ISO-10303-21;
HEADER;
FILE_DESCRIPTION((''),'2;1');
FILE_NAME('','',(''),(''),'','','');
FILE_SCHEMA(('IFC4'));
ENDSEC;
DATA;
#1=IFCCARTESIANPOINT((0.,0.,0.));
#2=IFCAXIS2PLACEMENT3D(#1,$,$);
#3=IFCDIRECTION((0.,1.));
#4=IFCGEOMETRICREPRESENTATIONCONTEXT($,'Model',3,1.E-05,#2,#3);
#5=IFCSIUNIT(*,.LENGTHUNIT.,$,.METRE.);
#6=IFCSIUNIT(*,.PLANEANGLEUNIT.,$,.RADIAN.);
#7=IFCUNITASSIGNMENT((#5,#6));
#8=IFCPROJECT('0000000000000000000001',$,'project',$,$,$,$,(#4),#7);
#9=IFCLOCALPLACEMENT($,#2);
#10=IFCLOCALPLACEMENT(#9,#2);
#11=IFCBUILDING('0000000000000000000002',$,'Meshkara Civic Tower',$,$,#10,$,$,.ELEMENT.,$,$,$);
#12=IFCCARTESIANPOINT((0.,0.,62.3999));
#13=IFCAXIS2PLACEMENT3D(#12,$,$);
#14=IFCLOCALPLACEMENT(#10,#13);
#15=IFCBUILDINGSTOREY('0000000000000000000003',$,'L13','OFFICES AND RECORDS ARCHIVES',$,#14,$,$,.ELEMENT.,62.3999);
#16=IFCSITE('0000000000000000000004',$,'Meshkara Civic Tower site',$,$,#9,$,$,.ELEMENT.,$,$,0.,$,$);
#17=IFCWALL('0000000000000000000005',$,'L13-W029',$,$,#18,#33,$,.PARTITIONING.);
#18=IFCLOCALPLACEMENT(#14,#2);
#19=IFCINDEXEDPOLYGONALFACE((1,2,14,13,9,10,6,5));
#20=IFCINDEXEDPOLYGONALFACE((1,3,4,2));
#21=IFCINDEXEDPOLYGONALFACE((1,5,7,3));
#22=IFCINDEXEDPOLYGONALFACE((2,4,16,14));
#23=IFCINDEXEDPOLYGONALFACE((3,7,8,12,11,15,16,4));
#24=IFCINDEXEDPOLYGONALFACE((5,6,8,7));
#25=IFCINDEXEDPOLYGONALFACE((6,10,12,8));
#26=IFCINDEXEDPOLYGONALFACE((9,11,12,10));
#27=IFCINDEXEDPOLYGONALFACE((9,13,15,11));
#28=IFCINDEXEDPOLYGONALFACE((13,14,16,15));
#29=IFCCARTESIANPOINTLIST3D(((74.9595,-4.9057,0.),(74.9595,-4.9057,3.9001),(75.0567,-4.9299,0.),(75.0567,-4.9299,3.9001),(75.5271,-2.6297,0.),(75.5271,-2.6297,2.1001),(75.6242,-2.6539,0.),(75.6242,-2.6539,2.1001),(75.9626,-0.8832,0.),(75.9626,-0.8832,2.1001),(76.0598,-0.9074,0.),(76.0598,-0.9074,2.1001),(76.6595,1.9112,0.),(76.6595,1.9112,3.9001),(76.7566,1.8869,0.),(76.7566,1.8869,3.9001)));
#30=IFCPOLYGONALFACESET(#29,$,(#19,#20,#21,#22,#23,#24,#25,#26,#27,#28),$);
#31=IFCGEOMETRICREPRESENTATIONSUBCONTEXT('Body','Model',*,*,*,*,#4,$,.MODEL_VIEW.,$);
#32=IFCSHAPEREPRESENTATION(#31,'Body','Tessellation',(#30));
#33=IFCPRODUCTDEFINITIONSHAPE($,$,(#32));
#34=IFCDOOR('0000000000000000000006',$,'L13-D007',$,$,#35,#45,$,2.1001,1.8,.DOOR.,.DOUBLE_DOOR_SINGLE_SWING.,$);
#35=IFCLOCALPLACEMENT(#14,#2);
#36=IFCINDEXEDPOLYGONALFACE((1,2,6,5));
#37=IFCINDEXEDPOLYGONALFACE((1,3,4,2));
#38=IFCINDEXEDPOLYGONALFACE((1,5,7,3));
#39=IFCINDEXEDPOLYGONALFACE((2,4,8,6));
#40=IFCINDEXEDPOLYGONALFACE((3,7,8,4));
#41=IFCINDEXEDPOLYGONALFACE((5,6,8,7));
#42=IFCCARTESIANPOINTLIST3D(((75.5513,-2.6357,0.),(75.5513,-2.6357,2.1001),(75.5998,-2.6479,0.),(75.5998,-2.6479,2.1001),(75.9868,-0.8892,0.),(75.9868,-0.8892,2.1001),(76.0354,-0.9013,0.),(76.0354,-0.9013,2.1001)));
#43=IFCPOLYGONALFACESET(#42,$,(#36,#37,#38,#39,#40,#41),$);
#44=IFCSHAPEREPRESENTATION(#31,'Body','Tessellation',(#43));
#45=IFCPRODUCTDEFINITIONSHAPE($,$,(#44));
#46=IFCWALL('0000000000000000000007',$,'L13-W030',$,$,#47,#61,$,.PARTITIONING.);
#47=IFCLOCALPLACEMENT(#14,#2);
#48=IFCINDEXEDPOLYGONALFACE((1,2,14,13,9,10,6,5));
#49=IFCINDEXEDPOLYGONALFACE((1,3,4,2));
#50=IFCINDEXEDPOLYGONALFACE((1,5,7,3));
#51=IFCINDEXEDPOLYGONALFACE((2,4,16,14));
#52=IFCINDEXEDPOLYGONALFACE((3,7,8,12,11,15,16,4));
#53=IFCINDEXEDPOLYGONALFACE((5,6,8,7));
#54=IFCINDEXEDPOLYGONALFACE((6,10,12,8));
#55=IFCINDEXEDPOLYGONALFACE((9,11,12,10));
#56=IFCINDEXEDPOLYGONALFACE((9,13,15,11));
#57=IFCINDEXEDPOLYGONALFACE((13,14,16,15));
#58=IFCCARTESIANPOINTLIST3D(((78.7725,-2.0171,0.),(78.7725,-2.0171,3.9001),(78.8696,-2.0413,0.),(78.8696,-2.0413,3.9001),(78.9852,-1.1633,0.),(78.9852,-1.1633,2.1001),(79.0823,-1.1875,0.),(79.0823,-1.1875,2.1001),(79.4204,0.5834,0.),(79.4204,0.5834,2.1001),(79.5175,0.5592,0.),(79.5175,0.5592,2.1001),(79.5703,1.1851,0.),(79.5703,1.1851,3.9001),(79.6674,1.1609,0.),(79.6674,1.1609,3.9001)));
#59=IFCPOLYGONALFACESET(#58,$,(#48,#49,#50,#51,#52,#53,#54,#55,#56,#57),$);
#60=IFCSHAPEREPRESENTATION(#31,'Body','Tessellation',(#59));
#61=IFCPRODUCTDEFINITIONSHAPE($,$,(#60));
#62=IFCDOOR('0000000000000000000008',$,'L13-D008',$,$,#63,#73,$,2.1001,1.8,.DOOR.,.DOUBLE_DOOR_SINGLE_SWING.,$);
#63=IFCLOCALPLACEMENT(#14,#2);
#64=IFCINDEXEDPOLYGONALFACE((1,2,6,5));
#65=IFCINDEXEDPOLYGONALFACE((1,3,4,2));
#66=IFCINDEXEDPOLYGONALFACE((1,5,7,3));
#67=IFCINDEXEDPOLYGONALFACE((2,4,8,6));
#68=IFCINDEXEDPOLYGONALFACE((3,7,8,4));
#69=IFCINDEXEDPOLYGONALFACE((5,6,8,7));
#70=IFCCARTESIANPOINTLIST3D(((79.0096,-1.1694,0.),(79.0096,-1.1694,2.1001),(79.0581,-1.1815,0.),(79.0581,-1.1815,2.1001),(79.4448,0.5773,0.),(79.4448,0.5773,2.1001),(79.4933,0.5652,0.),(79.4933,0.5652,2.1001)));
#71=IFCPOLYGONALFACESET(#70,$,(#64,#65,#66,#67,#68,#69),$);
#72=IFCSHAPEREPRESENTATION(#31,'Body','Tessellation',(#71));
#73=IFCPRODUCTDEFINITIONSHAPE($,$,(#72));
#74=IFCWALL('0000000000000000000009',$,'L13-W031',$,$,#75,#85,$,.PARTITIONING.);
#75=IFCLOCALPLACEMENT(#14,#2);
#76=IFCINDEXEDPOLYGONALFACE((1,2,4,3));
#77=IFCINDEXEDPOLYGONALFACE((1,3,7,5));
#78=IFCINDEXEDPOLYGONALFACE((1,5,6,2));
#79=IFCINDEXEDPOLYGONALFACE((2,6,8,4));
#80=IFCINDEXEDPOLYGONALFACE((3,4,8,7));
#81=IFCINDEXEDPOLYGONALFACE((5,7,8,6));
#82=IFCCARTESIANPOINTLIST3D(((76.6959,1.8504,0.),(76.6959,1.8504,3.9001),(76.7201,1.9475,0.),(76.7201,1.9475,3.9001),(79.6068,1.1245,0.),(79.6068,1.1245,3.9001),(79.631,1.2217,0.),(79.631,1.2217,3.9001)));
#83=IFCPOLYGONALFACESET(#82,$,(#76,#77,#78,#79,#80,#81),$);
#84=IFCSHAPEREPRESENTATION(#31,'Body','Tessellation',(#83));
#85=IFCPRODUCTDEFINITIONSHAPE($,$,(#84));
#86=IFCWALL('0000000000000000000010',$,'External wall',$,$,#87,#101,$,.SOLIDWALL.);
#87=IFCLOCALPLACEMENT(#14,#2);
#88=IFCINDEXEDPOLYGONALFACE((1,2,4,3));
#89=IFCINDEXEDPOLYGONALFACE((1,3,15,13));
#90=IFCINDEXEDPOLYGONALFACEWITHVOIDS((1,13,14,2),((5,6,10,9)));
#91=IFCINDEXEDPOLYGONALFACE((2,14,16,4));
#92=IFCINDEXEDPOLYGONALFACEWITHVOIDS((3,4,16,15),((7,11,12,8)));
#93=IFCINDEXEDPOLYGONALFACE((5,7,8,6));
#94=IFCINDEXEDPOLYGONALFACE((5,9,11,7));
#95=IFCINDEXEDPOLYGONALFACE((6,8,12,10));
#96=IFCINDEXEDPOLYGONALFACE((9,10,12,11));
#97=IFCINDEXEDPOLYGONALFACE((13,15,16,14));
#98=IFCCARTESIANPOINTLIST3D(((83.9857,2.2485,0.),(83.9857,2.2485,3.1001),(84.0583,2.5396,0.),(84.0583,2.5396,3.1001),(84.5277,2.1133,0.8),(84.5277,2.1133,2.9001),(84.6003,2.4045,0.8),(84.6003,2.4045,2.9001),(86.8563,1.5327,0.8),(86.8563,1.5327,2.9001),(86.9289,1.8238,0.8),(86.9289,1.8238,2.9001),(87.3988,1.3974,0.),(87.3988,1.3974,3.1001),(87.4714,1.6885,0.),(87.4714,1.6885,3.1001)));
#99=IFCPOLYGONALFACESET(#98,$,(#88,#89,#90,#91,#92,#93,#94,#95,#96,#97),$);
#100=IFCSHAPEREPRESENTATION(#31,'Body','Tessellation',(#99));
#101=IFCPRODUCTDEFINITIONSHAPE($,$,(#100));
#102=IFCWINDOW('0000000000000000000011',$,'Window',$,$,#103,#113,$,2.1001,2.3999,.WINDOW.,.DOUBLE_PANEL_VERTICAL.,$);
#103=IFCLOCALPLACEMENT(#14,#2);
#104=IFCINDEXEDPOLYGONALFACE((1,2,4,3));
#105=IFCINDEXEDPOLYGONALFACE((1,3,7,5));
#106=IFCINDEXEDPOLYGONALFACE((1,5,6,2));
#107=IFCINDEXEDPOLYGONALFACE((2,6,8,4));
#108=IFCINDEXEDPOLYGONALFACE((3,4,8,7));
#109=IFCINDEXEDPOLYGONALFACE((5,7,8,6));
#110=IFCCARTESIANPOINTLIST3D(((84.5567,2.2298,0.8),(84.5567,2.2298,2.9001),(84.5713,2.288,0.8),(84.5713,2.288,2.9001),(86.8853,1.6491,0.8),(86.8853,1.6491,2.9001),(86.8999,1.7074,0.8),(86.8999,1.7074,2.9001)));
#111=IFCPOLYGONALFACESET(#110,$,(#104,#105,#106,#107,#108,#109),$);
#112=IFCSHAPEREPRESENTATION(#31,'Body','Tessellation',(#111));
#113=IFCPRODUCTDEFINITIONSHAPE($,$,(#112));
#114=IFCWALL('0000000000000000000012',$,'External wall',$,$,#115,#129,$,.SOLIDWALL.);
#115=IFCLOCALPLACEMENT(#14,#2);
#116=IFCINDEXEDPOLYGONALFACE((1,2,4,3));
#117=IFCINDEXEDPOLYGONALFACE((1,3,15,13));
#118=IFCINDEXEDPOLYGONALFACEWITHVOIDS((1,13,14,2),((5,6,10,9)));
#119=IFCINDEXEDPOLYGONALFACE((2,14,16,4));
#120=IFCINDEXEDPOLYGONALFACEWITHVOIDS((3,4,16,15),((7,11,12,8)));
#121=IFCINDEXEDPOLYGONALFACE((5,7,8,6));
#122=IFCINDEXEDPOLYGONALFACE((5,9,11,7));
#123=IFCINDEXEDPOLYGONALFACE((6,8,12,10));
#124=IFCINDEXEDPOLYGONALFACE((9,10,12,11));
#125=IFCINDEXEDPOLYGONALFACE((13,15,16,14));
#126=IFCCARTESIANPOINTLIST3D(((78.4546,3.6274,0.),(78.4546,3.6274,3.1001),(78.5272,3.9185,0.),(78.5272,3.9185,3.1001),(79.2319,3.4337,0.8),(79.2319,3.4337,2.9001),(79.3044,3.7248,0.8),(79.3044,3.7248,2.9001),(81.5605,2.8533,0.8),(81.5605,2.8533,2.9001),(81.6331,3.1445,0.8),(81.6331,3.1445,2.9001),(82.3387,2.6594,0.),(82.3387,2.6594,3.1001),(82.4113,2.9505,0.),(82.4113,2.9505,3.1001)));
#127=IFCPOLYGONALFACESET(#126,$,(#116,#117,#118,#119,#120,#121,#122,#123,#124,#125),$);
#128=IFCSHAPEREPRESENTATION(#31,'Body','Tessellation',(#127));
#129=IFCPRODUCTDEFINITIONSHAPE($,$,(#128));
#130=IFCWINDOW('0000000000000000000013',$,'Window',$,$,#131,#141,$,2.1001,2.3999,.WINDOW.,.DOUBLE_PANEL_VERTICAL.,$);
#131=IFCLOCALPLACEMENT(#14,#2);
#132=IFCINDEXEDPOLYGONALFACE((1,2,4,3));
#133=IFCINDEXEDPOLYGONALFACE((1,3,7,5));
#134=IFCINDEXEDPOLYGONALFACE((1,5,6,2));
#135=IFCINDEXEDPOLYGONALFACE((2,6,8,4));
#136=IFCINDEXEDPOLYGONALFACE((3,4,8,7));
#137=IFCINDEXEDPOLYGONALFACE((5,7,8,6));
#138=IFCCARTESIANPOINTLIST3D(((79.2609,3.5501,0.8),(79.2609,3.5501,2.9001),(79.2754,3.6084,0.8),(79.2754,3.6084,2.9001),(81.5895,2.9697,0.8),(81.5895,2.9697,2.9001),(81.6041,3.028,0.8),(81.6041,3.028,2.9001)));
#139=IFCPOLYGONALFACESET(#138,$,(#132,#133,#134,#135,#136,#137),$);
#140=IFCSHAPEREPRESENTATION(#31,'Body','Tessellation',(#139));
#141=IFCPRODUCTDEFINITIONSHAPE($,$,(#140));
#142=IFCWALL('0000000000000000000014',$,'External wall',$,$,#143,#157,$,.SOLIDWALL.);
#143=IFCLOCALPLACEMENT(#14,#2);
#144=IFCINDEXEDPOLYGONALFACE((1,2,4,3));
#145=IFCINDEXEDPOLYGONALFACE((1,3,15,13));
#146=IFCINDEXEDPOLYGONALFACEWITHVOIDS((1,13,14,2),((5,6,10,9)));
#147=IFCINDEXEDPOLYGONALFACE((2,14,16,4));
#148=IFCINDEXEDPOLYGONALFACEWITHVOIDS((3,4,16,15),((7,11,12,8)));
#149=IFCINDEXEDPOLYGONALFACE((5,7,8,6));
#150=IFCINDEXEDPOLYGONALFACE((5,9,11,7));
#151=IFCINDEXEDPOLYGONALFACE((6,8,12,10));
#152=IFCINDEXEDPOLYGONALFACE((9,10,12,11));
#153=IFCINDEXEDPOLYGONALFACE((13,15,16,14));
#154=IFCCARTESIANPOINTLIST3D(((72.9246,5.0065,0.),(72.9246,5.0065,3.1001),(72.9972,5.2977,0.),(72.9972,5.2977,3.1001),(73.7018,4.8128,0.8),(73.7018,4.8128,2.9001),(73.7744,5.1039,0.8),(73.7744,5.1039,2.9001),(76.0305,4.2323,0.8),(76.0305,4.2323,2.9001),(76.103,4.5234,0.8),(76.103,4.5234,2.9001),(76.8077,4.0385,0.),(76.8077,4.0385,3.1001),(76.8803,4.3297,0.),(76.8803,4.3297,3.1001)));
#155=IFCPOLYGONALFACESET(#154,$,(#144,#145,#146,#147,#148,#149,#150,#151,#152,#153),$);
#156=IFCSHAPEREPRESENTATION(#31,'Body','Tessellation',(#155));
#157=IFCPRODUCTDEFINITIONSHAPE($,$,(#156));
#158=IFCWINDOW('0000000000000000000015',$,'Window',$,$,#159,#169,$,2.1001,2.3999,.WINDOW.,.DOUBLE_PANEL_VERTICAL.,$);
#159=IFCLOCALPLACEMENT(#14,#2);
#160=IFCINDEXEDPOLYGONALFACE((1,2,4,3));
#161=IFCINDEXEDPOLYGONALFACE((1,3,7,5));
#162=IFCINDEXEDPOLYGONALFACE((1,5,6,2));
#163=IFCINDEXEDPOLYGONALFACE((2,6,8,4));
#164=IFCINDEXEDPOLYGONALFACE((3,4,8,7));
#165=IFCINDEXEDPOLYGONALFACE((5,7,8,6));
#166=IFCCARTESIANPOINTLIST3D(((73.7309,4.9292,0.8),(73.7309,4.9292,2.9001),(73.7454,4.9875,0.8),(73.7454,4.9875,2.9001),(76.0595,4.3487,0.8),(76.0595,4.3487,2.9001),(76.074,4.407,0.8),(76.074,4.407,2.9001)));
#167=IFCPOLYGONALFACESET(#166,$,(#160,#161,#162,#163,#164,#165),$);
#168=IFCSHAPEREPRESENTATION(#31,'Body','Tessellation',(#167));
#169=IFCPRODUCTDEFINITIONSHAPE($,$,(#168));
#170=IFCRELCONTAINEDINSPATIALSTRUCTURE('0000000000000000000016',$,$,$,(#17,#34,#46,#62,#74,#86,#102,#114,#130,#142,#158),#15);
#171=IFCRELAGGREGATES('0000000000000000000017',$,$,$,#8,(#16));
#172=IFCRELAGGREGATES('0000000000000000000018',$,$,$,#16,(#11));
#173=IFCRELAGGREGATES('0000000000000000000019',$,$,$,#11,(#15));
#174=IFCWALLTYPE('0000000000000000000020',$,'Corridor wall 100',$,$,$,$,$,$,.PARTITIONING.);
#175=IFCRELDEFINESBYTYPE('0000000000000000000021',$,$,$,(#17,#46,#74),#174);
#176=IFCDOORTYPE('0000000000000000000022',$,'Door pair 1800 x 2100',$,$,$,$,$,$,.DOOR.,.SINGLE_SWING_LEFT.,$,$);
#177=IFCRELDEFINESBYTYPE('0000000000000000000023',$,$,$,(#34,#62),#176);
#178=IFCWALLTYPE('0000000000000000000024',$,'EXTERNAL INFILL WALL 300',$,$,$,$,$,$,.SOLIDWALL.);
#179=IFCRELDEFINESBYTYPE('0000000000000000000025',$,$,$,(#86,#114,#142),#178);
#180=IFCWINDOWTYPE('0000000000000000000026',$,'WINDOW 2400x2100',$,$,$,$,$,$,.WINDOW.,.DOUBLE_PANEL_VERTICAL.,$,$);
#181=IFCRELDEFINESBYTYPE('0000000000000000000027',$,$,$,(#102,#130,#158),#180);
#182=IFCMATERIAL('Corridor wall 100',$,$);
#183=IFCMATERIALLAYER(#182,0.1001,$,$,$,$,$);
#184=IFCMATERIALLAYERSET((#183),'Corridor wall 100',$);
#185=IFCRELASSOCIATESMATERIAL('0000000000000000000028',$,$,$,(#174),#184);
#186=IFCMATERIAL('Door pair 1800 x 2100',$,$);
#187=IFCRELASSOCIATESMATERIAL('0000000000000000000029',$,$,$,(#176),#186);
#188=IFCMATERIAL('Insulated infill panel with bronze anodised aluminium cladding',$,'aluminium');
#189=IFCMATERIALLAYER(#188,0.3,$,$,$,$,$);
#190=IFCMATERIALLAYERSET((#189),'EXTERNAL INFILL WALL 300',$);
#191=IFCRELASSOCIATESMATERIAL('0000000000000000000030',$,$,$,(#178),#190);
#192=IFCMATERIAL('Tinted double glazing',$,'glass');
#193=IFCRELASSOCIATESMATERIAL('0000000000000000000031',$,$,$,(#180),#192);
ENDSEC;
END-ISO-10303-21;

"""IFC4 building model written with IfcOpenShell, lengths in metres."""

from ifc_helpers import new_model, si_unit, direction, frame, frame_2d, origin, place, context, subcontext, project, spatial, rectangle, extrude, material, layer, layer_set, type_object, element, fill, save


model = new_model("IFC4")

# Units and contexts
model_context = context("Model", 3, precision=1e-05, world=origin(), true_north=direction((0.0, 1.0)))
body_context = subcontext(model_context, "Body", "Model", "MODEL_VIEW")
ifc_project = project(units=[si_unit("LENGTHUNIT", "METRE"), si_unit("PLANEANGLEUNIT", "RADIAN")], contexts=[model_context])

# Site, building, storey
site_placement = place(None, origin())
site = spatial("IfcSite", under=ifc_project, at=site_placement, Name="Meshkara Civic Tower site", CompositionType="ELEMENT", RefElevation=0.0)
building_placement = place(site_placement, origin())
building = spatial("IfcBuilding", under=site, at=building_placement, Name="Meshkara Civic Tower", CompositionType="ELEMENT")
storey_placement = place(building_placement, frame((0.0, 0.0, 62.3999)))
storey = spatial("IfcBuildingStorey", under=building, at=storey_placement, Name="L13", Description="OFFICES AND RECORDS ARCHIVES", CompositionType="ELEMENT", Elevation=62.3999)

# Shared definitions
ifc_material_1 = material(Name="Corridor wall 100")
ifc_layer_1 = layer(ifc_material_1, 0.1001)
ifc_layer_set_1 = layer_set([ifc_layer_1], Name="Corridor wall 100")
wall_type_1 = type_object("IfcWallType", Name="Corridor wall 100", PredefinedType="PARTITIONING", material=ifc_layer_set_1)

# Walls, openings, doors
wall_1_placement = place(storey_placement, frame((76.708, 1.8989, 0.0), z_axis=(0.0, 0.0, 1.0), x_axis=(-0.241963, -0.970285, 0.0)))
wall_1 = element("IfcWall", 1, at=wall_1_placement, inside=storey, type_object=wall_type_1, Name="L13-W029", PredefinedType="PARTITIONING", context=body_context, shape_type="SweptSolid", body=[
    extrude(rectangle(XDim=7.0256, YDim=0.1001, at=frame_2d((3.5127, 0.0))), origin(), (0.0, 0.0, 1.0), 3.9001),
])
opening_1_placement = place(wall_1_placement, frame((2.8799, 0.0, 0.0)))
opening_1 = element("IfcOpeningElement", 2, at=opening_1_placement, cuts=wall_1, PredefinedType="OPENING", context=body_context, shape_type="SweptSolid", body=[
    extrude(rectangle(XDim=1.8, YDim=2.1001, at=frame_2d((0.8999, 1.05))), frame((0.0, 0.0601, 0.0), z_axis=(0.0, -1.0, 0.0), x_axis=(1.0, 0.0, 0.0)), (0.0, 0.0, 1.0), 0.1201),
])
ifc_material_2 = material(Name="Door pair 1800 x 2100")
door_type = type_object("IfcDoorType", Name="Door pair 1800 x 2100", OperationType="SINGLE_SWING_LEFT", PredefinedType="DOOR", material=ifc_material_2)
door_1_placement = place(opening_1_placement, origin())
door_1 = element("IfcDoor", 3, at=door_1_placement, inside=storey, type_object=door_type, Name="L13-D007", OperationType="DOUBLE_DOOR_SINGLE_SWING", OverallHeight=2.1001, OverallWidth=1.8, PredefinedType="DOOR", context=body_context, shape_type="SweptSolid", body=[
    extrude(rectangle(XDim=1.8, YDim=2.1001, at=frame_2d((0.8999, 1.05))), frame((0.0, 0.0249, 0.0), z_axis=(0.0, -1.0, 0.0), x_axis=(1.0, 0.0, 0.0)), (0.0, 0.0, 1.0), 0.05),
])
fill(opening_1, door_1)
wall_2_placement = place(storey_placement, frame((78.821, -2.0291, 0.0), z_axis=(0.0, 0.0, 1.0), x_axis=(0.24177, 0.970334, 0.0)))
wall_2 = element("IfcWall", 4, at=wall_2_placement, inside=storey, type_object=wall_type_1, Name="L13-W030", PredefinedType="PARTITIONING", context=body_context, shape_type="SweptSolid", body=[
    extrude(rectangle(XDim=3.3, YDim=0.1001, at=frame_2d((1.6499, 0.0))), origin(), (0.0, 0.0, 1.0), 3.9001),
])
opening_2_placement = place(wall_2_placement, frame((0.8799, 0.0, 0.0)))
opening_2 = element("IfcOpeningElement", 5, at=opening_2_placement, cuts=wall_2, PredefinedType="OPENING", context=body_context, shape_type="SweptSolid", body=[
    extrude(rectangle(XDim=1.8, YDim=2.1001, at=frame_2d((0.8999, 1.05))), frame((0.0, 0.0601, 0.0), z_axis=(0.0, -1.0, 0.0), x_axis=(1.0, 0.0, 0.0)), (0.0, 0.0, 1.0), 0.1201),
])
door_2_placement = place(opening_2_placement, origin())
door_2 = element("IfcDoor", 6, at=door_2_placement, inside=storey, type_object=door_type, Name="L13-D008", OperationType="DOUBLE_DOOR_SINGLE_SWING", OverallHeight=2.1001, OverallWidth=1.8, PredefinedType="DOOR", context=body_context, shape_type="SweptSolid", body=[
    extrude(rectangle(XDim=1.8, YDim=2.1001, at=frame_2d((0.8999, 1.05))), frame((0.0, 0.0249, 0.0), z_axis=(0.0, -1.0, 0.0), x_axis=(1.0, 0.0, 0.0)), (0.0, 0.0, 1.0), 0.05),
])
fill(opening_2, door_2)

# Wall
wall_3_placement = place(storey_placement, frame((79.6189, 1.1731, 0.0), z_axis=(0.0, 0.0, 1.0), x_axis=(-0.970291, 0.241942, 0.0)))
element("IfcWall", 7, at=wall_3_placement, inside=storey, type_object=wall_type_1, Name="L13-W031", PredefinedType="PARTITIONING", context=body_context, shape_type="SweptSolid", body=[
    extrude(rectangle(XDim=3.0, YDim=0.1001, at=frame_2d((1.5, 0.0))), origin(), (0.0, 0.0, 1.0), 3.9001),
])

# Walls, openings, windows
ifc_material_3 = material(Name="Insulated infill panel with bronze anodised aluminium cladding", Category="aluminium")
ifc_layer_2 = layer(ifc_material_3, 0.3)
ifc_layer_set_2 = layer_set([ifc_layer_2], Name="EXTERNAL INFILL WALL 300")
wall_type_2 = type_object("IfcWallType", Name="EXTERNAL INFILL WALL 300", PredefinedType="SOLIDWALL", material=ifc_layer_set_2)
wall_4_placement = place(storey_placement, frame((87.4351, 1.543, 0.0), z_axis=(0.0, 0.0, 1.0), x_axis=(-0.970289, 0.241948, 0.0)))
wall_4 = element("IfcWall", 8, at=wall_4_placement, inside=storey, type_object=wall_type_2, Name="External wall", PredefinedType="SOLIDWALL", context=body_context, shape_type="SweptSolid", body=[
    extrude(rectangle(XDim=3.5176, YDim=0.3, at=frame_2d((1.7588, 0.0))), origin(), (0.0, 0.0, 1.0), 3.1001),
])
opening_3_placement = place(wall_4_placement, frame((0.5591, 0.0, 0.8)))
opening_3 = element("IfcOpeningElement", 9, at=opening_3_placement, cuts=wall_4, PredefinedType="OPENING", context=body_context, shape_type="SweptSolid", body=[
    extrude(rectangle(XDim=2.3999, YDim=2.1001, at=frame_2d((1.2, 1.05))), frame((0.0, 0.1599, 0.0), z_axis=(0.0, -1.0, 0.0), x_axis=(1.0, 0.0, 0.0)), (0.0, 0.0, 1.0), 0.3201),
])
ifc_material_4 = material(Name="Tinted double glazing", Category="glass")
window_type_1 = type_object("IfcWindowType", Name="WINDOW 2400x2100", PartitioningType="DOUBLE_PANEL_VERTICAL", PredefinedType="WINDOW", material=ifc_material_4)
window_1_placement = place(opening_3_placement, origin())
window_1 = element("IfcWindow", 10, at=window_1_placement, inside=storey, type_object=window_type_1, Name="Window", OverallHeight=2.1001, OverallWidth=2.3999, PartitioningType="DOUBLE_PANEL_VERTICAL", PredefinedType="WINDOW", context=body_context, shape_type="SweptSolid", body=[
    extrude(rectangle(XDim=2.3999, YDim=2.1001, at=frame_2d((1.2, 1.05))), frame((0.0, 0.03, 0.0), z_axis=(0.0, -1.0, 0.0), x_axis=(1.0, 0.0, 0.0)), (0.0, 0.0, 1.0), 0.0601),
])
fill(opening_3, window_1)
wall_5_placement = place(storey_placement, frame((82.375, 2.8049, 0.0), z_axis=(0.0, 0.0, 1.0), x_axis=(-0.970318, 0.241832, 0.0)))
wall_5 = element("IfcWall", 11, at=wall_5_placement, inside=storey, type_object=wall_type_2, Name="External wall", PredefinedType="SOLIDWALL", context=body_context, shape_type="SweptSolid", body=[
    extrude(rectangle(XDim=4.0029, YDim=0.3, at=frame_2d((2.0015, 0.0))), origin(), (0.0, 0.0, 1.0), 3.1001),
])
opening_4_placement = place(wall_5_placement, frame((0.802, 0.0, 0.8)))
opening_4 = element("IfcOpeningElement", 12, at=opening_4_placement, cuts=wall_5, PredefinedType="OPENING", context=body_context, shape_type="SweptSolid", body=[
    extrude(rectangle(XDim=2.3999, YDim=2.1001, at=frame_2d((1.2, 1.05))), frame((0.0, 0.1599, 0.0), z_axis=(0.0, -1.0, 0.0), x_axis=(1.0, 0.0, 0.0)), (0.0, 0.0, 1.0), 0.3201),
])
window_2_placement = place(opening_4_placement, origin())
window_2 = element("IfcWindow", 13, at=window_2_placement, inside=storey, type_object=window_type_1, Name="Window", OverallHeight=2.1001, OverallWidth=2.3999, PartitioningType="DOUBLE_PANEL_VERTICAL", PredefinedType="WINDOW", context=body_context, shape_type="SweptSolid", body=[
    extrude(rectangle(XDim=2.3999, YDim=2.1001, at=frame_2d((1.2, 1.05))), frame((0.0, 0.03, 0.0), z_axis=(0.0, -1.0, 0.0), x_axis=(1.0, 0.0, 0.0)), (0.0, 0.0, 1.0), 0.0601),
])
fill(opening_4, window_2)
wall_6_placement = place(storey_placement, frame((76.844, 4.1841, 0.0), z_axis=(0.0, 0.0, 1.0), x_axis=(-0.970304, 0.24189, 0.0)))
wall_6 = element("IfcWall", 14, at=wall_6_placement, inside=storey, type_object=wall_type_2, Name="External wall", PredefinedType="SOLIDWALL", context=body_context, shape_type="SweptSolid", body=[
    extrude(rectangle(XDim=4.002, YDim=0.3, at=frame_2d((2.001, 0.0))), origin(), (0.0, 0.0, 1.0), 3.1001),
])
opening_5_placement = place(wall_6_placement, frame((0.801, 0.0, 0.8)))
opening_5 = element("IfcOpeningElement", 15, at=opening_5_placement, cuts=wall_6, PredefinedType="OPENING", context=body_context, shape_type="SweptSolid", body=[
    extrude(rectangle(XDim=2.3999, YDim=2.1001, at=frame_2d((1.2, 1.05))), frame((0.0, 0.1599, 0.0), z_axis=(0.0, -1.0, 0.0), x_axis=(1.0, 0.0, 0.0)), (0.0, 0.0, 1.0), 0.3201),
])
window_3_placement = place(opening_5_placement, origin())
window_3 = element("IfcWindow", 16, at=window_3_placement, inside=storey, type_object=window_type_1, Name="Window", OverallHeight=2.1001, OverallWidth=2.3999, PartitioningType="DOUBLE_PANEL_VERTICAL", PredefinedType="WINDOW", context=body_context, shape_type="SweptSolid", body=[
    extrude(rectangle(XDim=2.3999, YDim=2.1001, at=frame_2d((1.2, 1.05))), frame((0.0, 0.03, 0.0), z_axis=(0.0, -1.0, 0.0), x_axis=(1.0, 0.0, 0.0)), (0.0, 0.0, 1.0), 0.0601),
])
fill(opening_5, window_3)

save(model, "model.ifc")
